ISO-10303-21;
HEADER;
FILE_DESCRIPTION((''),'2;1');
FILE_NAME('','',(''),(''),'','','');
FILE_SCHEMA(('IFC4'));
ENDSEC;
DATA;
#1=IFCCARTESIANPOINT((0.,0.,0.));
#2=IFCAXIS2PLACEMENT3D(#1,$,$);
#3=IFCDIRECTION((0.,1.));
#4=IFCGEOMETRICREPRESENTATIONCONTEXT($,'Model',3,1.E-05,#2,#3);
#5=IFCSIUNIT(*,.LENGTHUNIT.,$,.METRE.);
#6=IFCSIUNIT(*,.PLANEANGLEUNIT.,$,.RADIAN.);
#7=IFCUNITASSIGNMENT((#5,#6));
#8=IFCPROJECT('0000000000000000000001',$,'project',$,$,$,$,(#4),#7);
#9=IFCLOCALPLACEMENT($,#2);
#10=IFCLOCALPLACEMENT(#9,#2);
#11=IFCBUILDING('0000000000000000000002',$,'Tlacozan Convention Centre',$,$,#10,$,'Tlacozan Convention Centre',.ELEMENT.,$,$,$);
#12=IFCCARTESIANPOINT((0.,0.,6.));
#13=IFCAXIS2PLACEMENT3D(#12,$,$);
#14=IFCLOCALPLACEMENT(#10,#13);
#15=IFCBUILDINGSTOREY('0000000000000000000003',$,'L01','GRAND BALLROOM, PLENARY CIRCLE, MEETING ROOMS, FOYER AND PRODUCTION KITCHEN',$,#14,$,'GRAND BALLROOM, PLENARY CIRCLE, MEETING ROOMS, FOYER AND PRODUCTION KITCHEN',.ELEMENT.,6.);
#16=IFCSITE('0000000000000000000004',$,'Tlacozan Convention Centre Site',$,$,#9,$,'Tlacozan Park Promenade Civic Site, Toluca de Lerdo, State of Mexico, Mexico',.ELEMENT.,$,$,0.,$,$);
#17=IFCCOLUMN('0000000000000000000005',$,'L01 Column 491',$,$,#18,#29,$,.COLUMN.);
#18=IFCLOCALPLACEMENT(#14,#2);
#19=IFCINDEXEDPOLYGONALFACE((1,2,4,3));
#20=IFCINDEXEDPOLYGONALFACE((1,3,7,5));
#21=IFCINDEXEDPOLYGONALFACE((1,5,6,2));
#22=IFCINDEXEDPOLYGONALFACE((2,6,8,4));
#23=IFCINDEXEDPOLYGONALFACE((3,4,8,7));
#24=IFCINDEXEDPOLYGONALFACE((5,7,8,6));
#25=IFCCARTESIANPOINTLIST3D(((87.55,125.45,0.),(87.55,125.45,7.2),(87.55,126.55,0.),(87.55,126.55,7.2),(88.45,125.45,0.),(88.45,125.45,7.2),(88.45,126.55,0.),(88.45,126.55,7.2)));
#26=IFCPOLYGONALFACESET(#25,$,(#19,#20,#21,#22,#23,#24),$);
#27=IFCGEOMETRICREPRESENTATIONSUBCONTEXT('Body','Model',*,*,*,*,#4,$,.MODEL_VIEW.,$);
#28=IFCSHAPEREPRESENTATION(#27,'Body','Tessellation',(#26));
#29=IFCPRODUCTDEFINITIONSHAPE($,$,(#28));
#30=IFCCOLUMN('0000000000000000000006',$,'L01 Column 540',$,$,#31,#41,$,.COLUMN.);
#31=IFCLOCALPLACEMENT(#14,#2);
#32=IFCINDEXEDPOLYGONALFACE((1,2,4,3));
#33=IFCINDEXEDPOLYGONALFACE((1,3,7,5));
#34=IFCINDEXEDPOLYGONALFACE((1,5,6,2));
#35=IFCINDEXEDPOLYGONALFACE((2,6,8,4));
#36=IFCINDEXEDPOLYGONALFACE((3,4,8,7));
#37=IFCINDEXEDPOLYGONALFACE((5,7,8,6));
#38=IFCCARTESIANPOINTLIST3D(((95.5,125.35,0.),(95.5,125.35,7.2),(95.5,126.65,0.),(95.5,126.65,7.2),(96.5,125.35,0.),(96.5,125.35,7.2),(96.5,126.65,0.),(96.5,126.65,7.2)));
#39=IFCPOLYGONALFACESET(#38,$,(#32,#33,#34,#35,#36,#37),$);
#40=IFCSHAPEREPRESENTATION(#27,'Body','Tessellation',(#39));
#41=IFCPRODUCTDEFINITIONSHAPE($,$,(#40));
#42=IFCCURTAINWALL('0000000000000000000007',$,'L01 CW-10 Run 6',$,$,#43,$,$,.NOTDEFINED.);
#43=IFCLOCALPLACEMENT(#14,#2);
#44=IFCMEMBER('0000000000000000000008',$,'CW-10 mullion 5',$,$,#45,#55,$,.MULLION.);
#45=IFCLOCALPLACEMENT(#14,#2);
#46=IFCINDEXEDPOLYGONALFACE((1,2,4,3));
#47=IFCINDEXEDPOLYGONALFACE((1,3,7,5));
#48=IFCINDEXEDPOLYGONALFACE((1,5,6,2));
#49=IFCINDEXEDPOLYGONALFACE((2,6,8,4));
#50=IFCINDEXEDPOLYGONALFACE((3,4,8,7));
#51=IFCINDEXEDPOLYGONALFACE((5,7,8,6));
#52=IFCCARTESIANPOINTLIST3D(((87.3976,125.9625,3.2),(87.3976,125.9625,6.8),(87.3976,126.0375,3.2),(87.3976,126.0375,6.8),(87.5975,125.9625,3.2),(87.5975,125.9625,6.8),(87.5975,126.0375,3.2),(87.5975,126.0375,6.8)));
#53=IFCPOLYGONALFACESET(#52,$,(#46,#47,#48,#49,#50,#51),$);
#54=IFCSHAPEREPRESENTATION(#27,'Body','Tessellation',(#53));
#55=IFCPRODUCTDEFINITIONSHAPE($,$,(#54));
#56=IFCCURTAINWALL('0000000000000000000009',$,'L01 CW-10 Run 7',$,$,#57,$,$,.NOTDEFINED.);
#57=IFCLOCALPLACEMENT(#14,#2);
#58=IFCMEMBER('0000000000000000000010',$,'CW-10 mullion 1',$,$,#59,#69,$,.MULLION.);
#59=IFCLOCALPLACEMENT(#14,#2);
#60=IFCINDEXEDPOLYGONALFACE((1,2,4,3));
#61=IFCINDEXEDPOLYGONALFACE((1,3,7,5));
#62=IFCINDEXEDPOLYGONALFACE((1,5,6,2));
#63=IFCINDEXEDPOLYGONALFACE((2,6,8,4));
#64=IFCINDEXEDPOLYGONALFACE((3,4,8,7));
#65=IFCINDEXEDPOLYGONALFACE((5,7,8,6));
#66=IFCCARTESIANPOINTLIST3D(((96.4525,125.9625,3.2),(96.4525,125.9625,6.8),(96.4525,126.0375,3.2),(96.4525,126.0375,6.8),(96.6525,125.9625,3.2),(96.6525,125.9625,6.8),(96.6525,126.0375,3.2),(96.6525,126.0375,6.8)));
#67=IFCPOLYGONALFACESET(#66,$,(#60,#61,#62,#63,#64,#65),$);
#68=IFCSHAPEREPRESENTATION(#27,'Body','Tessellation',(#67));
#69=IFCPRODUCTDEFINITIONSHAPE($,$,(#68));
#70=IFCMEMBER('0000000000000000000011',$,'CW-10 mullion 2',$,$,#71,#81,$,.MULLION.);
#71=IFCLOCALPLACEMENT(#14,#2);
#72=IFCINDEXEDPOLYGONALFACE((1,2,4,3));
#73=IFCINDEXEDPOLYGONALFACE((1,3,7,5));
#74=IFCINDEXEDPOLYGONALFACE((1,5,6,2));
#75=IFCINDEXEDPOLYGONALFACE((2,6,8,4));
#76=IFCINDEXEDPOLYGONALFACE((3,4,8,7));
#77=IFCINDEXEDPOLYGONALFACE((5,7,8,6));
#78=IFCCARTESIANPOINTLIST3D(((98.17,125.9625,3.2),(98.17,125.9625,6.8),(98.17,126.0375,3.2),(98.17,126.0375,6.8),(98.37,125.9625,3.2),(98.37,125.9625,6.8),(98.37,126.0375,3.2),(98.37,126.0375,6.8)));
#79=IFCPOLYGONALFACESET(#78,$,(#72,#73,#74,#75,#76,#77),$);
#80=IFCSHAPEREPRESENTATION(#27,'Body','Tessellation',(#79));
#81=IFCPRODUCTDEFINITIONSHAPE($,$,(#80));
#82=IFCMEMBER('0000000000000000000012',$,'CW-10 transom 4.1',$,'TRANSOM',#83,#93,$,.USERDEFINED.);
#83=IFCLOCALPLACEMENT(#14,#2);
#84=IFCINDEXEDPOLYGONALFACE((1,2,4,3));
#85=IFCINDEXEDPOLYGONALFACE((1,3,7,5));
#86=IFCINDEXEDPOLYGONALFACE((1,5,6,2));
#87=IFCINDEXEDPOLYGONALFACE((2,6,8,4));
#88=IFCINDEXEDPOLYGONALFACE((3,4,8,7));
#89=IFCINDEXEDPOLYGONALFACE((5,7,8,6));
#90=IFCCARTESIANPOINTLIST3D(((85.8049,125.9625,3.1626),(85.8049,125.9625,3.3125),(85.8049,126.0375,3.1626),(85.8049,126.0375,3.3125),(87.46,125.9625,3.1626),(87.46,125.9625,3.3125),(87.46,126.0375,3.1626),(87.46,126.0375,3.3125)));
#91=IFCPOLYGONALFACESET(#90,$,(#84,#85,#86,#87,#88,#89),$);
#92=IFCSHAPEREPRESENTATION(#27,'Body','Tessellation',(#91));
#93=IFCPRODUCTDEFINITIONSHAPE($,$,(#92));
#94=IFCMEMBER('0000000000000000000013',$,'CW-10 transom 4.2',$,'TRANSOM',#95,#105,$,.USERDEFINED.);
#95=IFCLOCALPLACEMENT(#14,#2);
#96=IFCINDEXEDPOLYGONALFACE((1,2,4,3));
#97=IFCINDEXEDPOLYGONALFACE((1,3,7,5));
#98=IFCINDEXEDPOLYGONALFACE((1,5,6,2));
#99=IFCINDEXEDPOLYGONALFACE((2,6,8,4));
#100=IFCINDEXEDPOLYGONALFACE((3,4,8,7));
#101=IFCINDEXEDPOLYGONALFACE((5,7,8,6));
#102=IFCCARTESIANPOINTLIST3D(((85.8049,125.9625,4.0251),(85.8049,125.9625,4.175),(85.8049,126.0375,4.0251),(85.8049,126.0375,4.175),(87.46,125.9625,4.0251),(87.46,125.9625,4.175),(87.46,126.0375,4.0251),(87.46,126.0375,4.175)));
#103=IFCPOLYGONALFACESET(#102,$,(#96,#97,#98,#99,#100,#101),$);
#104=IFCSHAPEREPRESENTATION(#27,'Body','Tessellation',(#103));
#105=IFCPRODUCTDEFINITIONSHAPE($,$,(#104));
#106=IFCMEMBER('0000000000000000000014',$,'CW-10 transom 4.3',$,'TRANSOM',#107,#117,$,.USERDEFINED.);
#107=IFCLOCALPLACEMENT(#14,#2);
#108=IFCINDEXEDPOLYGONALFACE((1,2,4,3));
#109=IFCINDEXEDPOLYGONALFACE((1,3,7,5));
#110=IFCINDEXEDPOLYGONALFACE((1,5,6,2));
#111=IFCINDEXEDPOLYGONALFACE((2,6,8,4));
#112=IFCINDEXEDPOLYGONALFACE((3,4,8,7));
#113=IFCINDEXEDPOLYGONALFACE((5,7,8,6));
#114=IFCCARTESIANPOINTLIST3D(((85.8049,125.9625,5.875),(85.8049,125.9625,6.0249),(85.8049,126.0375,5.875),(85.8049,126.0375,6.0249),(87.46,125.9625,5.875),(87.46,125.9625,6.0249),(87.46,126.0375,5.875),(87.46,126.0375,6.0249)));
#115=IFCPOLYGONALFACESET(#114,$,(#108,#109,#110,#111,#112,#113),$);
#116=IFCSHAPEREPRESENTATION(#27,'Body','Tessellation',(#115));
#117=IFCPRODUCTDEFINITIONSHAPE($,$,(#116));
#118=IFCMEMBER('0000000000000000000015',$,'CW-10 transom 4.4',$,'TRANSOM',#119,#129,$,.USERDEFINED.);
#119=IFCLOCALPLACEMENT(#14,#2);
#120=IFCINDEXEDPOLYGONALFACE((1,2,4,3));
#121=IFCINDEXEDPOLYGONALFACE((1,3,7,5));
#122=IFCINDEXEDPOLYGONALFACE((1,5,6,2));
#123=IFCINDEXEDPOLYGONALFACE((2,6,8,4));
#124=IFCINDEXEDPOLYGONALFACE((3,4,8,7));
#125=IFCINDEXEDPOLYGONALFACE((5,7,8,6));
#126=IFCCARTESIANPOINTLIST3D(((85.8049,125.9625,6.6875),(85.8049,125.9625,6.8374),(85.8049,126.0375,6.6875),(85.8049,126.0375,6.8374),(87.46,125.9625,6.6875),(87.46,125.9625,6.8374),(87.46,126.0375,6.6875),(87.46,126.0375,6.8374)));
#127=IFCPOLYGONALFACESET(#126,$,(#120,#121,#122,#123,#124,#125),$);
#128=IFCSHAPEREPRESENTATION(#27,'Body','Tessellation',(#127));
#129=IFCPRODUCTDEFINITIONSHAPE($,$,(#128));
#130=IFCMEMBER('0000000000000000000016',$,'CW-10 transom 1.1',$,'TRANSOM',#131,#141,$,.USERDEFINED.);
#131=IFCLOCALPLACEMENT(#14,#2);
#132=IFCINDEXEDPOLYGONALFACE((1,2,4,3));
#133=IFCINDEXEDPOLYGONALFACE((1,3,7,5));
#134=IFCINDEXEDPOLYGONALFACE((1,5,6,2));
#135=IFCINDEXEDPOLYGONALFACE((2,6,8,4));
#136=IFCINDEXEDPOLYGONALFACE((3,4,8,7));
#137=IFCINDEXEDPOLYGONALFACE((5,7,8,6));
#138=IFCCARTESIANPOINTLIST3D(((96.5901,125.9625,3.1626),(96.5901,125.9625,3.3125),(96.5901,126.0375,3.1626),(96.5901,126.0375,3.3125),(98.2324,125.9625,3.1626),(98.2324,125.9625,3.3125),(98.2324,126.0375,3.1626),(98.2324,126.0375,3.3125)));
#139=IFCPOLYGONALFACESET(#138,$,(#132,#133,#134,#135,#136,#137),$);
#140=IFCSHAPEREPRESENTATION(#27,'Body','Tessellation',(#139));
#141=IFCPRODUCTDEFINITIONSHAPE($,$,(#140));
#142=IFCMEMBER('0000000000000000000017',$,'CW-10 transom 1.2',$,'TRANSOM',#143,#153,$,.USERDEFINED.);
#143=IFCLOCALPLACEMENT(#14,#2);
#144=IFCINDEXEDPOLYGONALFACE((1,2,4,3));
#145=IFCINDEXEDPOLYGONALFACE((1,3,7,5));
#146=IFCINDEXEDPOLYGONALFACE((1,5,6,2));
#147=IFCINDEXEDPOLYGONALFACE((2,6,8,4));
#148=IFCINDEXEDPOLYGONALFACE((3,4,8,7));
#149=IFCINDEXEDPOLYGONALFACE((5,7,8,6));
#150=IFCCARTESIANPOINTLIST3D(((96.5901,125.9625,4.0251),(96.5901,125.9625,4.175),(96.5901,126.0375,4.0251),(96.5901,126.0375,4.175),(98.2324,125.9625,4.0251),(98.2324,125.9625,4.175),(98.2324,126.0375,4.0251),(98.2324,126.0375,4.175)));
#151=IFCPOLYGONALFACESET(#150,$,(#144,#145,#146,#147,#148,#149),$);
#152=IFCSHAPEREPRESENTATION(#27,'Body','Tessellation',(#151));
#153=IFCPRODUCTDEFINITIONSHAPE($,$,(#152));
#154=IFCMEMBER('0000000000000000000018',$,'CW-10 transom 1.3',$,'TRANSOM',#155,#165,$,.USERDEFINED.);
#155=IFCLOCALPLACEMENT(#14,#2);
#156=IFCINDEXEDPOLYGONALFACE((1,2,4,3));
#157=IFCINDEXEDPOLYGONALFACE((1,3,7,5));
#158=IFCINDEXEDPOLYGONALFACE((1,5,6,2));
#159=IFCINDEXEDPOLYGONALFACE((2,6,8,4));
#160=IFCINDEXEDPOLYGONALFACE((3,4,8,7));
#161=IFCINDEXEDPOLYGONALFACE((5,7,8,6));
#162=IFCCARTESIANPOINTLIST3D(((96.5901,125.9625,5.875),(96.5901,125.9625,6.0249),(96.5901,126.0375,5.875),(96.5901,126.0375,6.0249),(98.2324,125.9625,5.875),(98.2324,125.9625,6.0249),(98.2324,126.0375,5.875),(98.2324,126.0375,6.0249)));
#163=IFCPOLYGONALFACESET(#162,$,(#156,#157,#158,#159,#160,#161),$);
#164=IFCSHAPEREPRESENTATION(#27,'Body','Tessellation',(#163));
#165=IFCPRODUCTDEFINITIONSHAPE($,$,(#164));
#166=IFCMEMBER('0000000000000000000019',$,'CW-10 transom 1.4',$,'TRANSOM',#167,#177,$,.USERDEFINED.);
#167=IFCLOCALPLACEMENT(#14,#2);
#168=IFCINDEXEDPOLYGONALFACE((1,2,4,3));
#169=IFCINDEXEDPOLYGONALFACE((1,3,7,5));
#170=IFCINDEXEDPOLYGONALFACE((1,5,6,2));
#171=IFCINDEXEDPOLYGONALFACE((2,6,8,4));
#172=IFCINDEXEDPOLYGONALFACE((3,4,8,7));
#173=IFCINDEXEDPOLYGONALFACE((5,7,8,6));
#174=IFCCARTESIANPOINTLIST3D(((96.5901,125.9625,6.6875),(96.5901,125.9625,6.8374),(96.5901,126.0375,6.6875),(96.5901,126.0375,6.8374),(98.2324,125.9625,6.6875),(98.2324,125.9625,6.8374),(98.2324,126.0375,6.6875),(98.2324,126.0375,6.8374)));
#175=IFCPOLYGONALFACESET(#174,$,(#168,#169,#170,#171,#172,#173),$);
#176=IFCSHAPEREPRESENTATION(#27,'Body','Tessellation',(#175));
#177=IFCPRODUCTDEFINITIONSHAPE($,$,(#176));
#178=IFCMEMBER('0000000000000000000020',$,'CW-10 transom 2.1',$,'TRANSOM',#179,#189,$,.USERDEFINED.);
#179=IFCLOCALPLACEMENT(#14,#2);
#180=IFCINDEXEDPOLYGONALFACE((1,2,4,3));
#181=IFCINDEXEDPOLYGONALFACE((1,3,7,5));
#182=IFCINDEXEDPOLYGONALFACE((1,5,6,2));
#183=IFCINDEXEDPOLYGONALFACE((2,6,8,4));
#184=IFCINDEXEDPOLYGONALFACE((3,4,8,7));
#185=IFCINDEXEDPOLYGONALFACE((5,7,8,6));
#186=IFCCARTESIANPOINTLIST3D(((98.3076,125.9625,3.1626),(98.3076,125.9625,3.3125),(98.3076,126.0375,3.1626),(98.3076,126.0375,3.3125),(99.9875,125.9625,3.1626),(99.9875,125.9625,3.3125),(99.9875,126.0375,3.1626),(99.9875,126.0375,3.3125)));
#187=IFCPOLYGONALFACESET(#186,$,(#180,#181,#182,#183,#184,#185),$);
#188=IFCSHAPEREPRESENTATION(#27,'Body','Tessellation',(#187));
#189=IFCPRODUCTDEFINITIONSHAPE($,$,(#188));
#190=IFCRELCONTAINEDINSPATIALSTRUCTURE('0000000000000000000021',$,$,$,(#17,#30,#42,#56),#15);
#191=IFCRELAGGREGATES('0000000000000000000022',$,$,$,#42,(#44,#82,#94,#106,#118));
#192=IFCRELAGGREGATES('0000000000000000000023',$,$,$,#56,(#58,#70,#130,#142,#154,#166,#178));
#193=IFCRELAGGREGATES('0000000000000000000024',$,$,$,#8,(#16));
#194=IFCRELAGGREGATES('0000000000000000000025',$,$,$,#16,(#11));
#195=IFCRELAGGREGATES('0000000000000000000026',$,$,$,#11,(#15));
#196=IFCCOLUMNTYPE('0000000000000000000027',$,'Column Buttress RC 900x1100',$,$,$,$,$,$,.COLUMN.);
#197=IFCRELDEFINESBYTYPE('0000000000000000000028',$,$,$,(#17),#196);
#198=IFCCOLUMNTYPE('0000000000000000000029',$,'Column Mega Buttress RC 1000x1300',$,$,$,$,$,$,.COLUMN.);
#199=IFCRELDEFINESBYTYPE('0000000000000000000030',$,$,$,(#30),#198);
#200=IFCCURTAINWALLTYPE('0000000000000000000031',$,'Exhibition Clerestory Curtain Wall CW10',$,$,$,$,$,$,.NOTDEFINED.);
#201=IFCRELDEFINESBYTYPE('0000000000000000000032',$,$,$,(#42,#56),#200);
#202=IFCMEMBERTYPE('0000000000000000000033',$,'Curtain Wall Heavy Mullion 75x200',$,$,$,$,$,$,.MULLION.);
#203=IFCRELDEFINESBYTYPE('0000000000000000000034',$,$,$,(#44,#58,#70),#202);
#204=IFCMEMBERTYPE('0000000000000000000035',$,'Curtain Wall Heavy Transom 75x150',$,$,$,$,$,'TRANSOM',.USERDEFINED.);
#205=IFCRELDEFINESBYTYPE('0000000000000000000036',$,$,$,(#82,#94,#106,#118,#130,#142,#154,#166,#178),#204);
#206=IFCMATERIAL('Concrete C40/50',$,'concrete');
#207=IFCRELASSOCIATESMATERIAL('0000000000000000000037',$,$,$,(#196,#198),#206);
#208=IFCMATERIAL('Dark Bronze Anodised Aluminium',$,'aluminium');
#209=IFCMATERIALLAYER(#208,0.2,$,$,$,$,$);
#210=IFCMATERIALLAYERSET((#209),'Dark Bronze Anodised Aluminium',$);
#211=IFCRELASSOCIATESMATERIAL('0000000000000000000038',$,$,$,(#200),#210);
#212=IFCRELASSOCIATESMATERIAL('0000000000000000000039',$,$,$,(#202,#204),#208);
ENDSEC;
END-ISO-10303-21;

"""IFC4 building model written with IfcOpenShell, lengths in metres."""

from ifc_helpers import new_model, si_unit, direction, frame, origin, origin_2d, place, context, subcontext, project, spatial, rectangle, extrude, material, layer, layer_set, material_profile, profile_set, type_object, element, aggregate, save


model = new_model("IFC4")

# Units and contexts
model_context = context("Model", 3, precision=1e-05, world=origin(), true_north=direction((0.0, 1.0)))
body_context = subcontext(model_context, "Body", "Model", "MODEL_VIEW")
ifc_project = project(units=[si_unit("LENGTHUNIT", "METRE"), si_unit("PLANEANGLEUNIT", "RADIAN")], contexts=[model_context])

# Site, building, storey
site_placement = place(None, origin())
site = spatial("IfcSite", under=ifc_project, at=site_placement, Name="Tlacozan Convention Centre Site", LongName="Tlacozan Park Promenade Civic Site, Toluca de Lerdo, State of Mexico, Mexico", CompositionType="ELEMENT", RefElevation=0.0)
building_placement = place(site_placement, origin())
building = spatial("IfcBuilding", under=site, at=building_placement, Name="Tlacozan Convention Centre", LongName="Tlacozan Convention Centre", CompositionType="ELEMENT")
storey_placement = place(building_placement, frame((0.0, 0.0, 6.0)))
storey = spatial("IfcBuildingStorey", under=building, at=storey_placement, Name="L01", Description="GRAND BALLROOM, PLENARY CIRCLE, MEETING ROOMS, FOYER AND PRODUCTION KITCHEN", LongName="GRAND BALLROOM, PLENARY CIRCLE, MEETING ROOMS, FOYER AND PRODUCTION KITCHEN", CompositionType="ELEMENT", Elevation=6.0)

# Columns
ifc_material_1 = material(Name="Concrete C40/50", Category="concrete")
ifc_material_profile_1 = material_profile(ifc_material_1, rectangle(XDim=0.8999, YDim=1.1001, at=origin_2d()), Name="RC 900x1100")
ifc_profile_set_1 = profile_set([ifc_material_profile_1], Name="Concrete C40/50")
column_type_1 = type_object("IfcColumnType", Name="Column Buttress RC 900x1100", PredefinedType="COLUMN", material=ifc_profile_set_1)
column_1_placement = place(storey_placement, frame((88.0, 126.0, 0.0), z_axis=(0.0, 0.0, 1.0), x_axis=(1.0, 0.0, 0.0)))
element("IfcColumn", 1, at=column_1_placement, inside=storey, type_object=column_type_1, Name="L01 Column 491", PredefinedType="COLUMN", context=body_context, shape_type="SweptSolid", body=[
    extrude(rectangle(XDim=0.8999, YDim=1.1001, at=origin_2d()), origin(), (0.0, 0.0, 1.0), 7.2),
])
ifc_material_profile_2 = material_profile(ifc_material_1, rectangle(XDim=1.0, YDim=1.3, at=origin_2d()), Name="RC 1000x1300")
ifc_profile_set_2 = profile_set([ifc_material_profile_2], Name="Concrete C40/50")
column_type_2 = type_object("IfcColumnType", Name="Column Mega Buttress RC 1000x1300", PredefinedType="COLUMN", material=ifc_profile_set_2)
column_2_placement = place(storey_placement, frame((96.0, 126.0, 0.0), z_axis=(0.0, 0.0, 1.0), x_axis=(1.0, 0.0, 0.0)))
element("IfcColumn", 2, at=column_2_placement, inside=storey, type_object=column_type_2, Name="L01 Column 540", PredefinedType="COLUMN", context=body_context, shape_type="SweptSolid", body=[
    extrude(rectangle(XDim=1.0, YDim=1.3, at=origin_2d()), origin(), (0.0, 0.0, 1.0), 7.2),
])

# Curtain wall, member
ifc_material_2 = material(Name="Dark Bronze Anodised Aluminium", Category="aluminium")
ifc_layer_1 = layer(ifc_material_2, 0.2)
ifc_layer_set_1 = layer_set([ifc_layer_1], Name="Dark Bronze Anodised Aluminium")
curtain_wall_type = type_object("IfcCurtainWallType", Name="Exhibition Clerestory Curtain Wall CW10", PredefinedType="NOTDEFINED", material=ifc_layer_set_1)
curtain_wall_1_placement = place(storey_placement, origin())
curtain_wall_1 = element("IfcCurtainWall", 3, at=curtain_wall_1_placement, inside=storey, type_object=curtain_wall_type, Name="L01 CW-10 Run 6", PredefinedType="NOTDEFINED")
ifc_material_profile_3 = material_profile(ifc_material_2, rectangle(XDim=0.075, YDim=0.2, at=origin_2d()), Name="ALU 75x200")
ifc_profile_set_3 = profile_set([ifc_material_profile_3], Name="Dark Bronze Anodised Aluminium")
member_type_1 = type_object("IfcMemberType", Name="Curtain Wall Heavy Mullion 75x200", PredefinedType="MULLION", material=ifc_profile_set_3)
member_1_placement = place(storey_placement, frame((87.4976, 126.0, 3.2), z_axis=(0.0, 0.0, 1.0), x_axis=(0.0, 1.0, 0.0)))
member_1 = element("IfcMember", 4, at=member_1_placement, type_object=member_type_1, Name="CW-10 mullion 5", PredefinedType="MULLION", context=body_context, shape_type="SweptSolid", body=[
    extrude(rectangle(XDim=0.075, YDim=0.2, at=origin_2d()), origin(), (0.0, 0.0, 1.0), 3.6001),
])

# Curtain wall, members
curtain_wall_2_placement = place(storey_placement, origin())
curtain_wall_2 = element("IfcCurtainWall", 5, at=curtain_wall_2_placement, inside=storey, type_object=curtain_wall_type, Name="L01 CW-10 Run 7", PredefinedType="NOTDEFINED")
member_2_placement = place(storey_placement, frame((96.5525, 126.0, 3.2), z_axis=(0.0, 0.0, 1.0), x_axis=(0.0, 1.0, 0.0)))
member_2 = element("IfcMember", 6, at=member_2_placement, type_object=member_type_1, Name="CW-10 mullion 1", PredefinedType="MULLION", context=body_context, shape_type="SweptSolid", body=[
    extrude(rectangle(XDim=0.075, YDim=0.2, at=origin_2d()), origin(), (0.0, 0.0, 1.0), 3.6001),
])
member_3_placement = place(storey_placement, frame((98.27, 126.0, 3.2), z_axis=(0.0, 0.0, 1.0), x_axis=(0.0, 1.0, 0.0)))
member_3 = element("IfcMember", 7, at=member_3_placement, type_object=member_type_1, Name="CW-10 mullion 2", PredefinedType="MULLION", context=body_context, shape_type="SweptSolid", body=[
    extrude(rectangle(XDim=0.075, YDim=0.2, at=origin_2d()), origin(), (0.0, 0.0, 1.0), 3.6001),
])

# Members
ifc_material_profile_4 = material_profile(ifc_material_2, rectangle(XDim=0.075, YDim=0.1499, at=origin_2d()), Name="ALU 75x150")
ifc_profile_set_4 = profile_set([ifc_material_profile_4], Name="Dark Bronze Anodised Aluminium")
member_type_2 = type_object("IfcMemberType", Name="Curtain Wall Heavy Transom 75x150", ElementType="TRANSOM", PredefinedType="USERDEFINED", material=ifc_profile_set_4)
member_4_placement = place(storey_placement, frame((85.8049, 126.0, 3.2375), z_axis=(1.0, 0.0, 0.0), x_axis=(0.0, 1.0, 0.0)))
member_4 = element("IfcMember", 8, at=member_4_placement, type_object=member_type_2, Name="CW-10 transom 4.1", ObjectType="TRANSOM", PredefinedType="USERDEFINED", context=body_context, shape_type="SweptSolid", body=[
    extrude(rectangle(XDim=0.075, YDim=0.1499, at=origin_2d()), origin(), (0.0, 0.0, 1.0), 1.655),
])
member_5_placement = place(storey_placement, frame((85.8049, 126.0, 4.1001), z_axis=(1.0, 0.0, 0.0), x_axis=(0.0, 1.0, 0.0)))
member_5 = element("IfcMember", 9, at=member_5_placement, type_object=member_type_2, Name="CW-10 transom 4.2", ObjectType="TRANSOM", PredefinedType="USERDEFINED", context=body_context, shape_type="SweptSolid", body=[
    extrude(rectangle(XDim=0.075, YDim=0.1499, at=origin_2d()), origin(), (0.0, 0.0, 1.0), 1.655),
])
member_6_placement = place(storey_placement, frame((85.8049, 126.0, 5.95), z_axis=(1.0, 0.0, 0.0), x_axis=(0.0, 1.0, 0.0)))
member_6 = element("IfcMember", 10, at=member_6_placement, type_object=member_type_2, Name="CW-10 transom 4.3", ObjectType="TRANSOM", PredefinedType="USERDEFINED", context=body_context, shape_type="SweptSolid", body=[
    extrude(rectangle(XDim=0.075, YDim=0.1499, at=origin_2d()), origin(), (0.0, 0.0, 1.0), 1.655),
])
member_7_placement = place(storey_placement, frame((85.8049, 126.0, 6.7625), z_axis=(1.0, 0.0, 0.0), x_axis=(0.0, 1.0, 0.0)))
member_7 = element("IfcMember", 11, at=member_7_placement, type_object=member_type_2, Name="CW-10 transom 4.4", ObjectType="TRANSOM", PredefinedType="USERDEFINED", context=body_context, shape_type="SweptSolid", body=[
    extrude(rectangle(XDim=0.075, YDim=0.1499, at=origin_2d()), origin(), (0.0, 0.0, 1.0), 1.655),
])
member_8_placement = place(storey_placement, frame((96.5901, 126.0, 3.2375), z_axis=(1.0, 0.0, 0.0), x_axis=(0.0, 1.0, 0.0)))
member_8 = element("IfcMember", 12, at=member_8_placement, type_object=member_type_2, Name="CW-10 transom 1.1", ObjectType="TRANSOM", PredefinedType="USERDEFINED", context=body_context, shape_type="SweptSolid", body=[
    extrude(rectangle(XDim=0.075, YDim=0.1499, at=origin_2d()), origin(), (0.0, 0.0, 1.0), 1.6423),
])
member_9_placement = place(storey_placement, frame((96.5901, 126.0, 4.1001), z_axis=(1.0, 0.0, 0.0), x_axis=(0.0, 1.0, 0.0)))
member_9 = element("IfcMember", 13, at=member_9_placement, type_object=member_type_2, Name="CW-10 transom 1.2", ObjectType="TRANSOM", PredefinedType="USERDEFINED", context=body_context, shape_type="SweptSolid", body=[
    extrude(rectangle(XDim=0.075, YDim=0.1499, at=origin_2d()), origin(), (0.0, 0.0, 1.0), 1.6423),
])
member_10_placement = place(storey_placement, frame((96.5901, 126.0, 5.95), z_axis=(1.0, 0.0, 0.0), x_axis=(0.0, 1.0, 0.0)))
member_10 = element("IfcMember", 14, at=member_10_placement, type_object=member_type_2, Name="CW-10 transom 1.3", ObjectType="TRANSOM", PredefinedType="USERDEFINED", context=body_context, shape_type="SweptSolid", body=[
    extrude(rectangle(XDim=0.075, YDim=0.1499, at=origin_2d()), origin(), (0.0, 0.0, 1.0), 1.6423),
])
member_11_placement = place(storey_placement, frame((96.5901, 126.0, 6.7625), z_axis=(1.0, 0.0, 0.0), x_axis=(0.0, 1.0, 0.0)))
member_11 = element("IfcMember", 15, at=member_11_placement, type_object=member_type_2, Name="CW-10 transom 1.4", ObjectType="TRANSOM", PredefinedType="USERDEFINED", context=body_context, shape_type="SweptSolid", body=[
    extrude(rectangle(XDim=0.075, YDim=0.1499, at=origin_2d()), origin(), (0.0, 0.0, 1.0), 1.6423),
])
member_12_placement = place(storey_placement, frame((98.3076, 126.0, 3.2375), z_axis=(1.0, 0.0, 0.0), x_axis=(0.0, 1.0, 0.0)))
member_12 = element("IfcMember", 16, at=member_12_placement, type_object=member_type_2, Name="CW-10 transom 2.1", ObjectType="TRANSOM", PredefinedType="USERDEFINED", context=body_context, shape_type="SweptSolid", body=[
    extrude(rectangle(XDim=0.075, YDim=0.1499, at=origin_2d()), origin(), (0.0, 0.0, 1.0), 1.6799),
])

aggregate(curtain_wall_1, [member_1, member_4, member_5, member_6, member_7])
aggregate(curtain_wall_2, [member_2, member_3, member_8, member_9, member_10, member_11, member_12])

save(model, "model.ifc")
